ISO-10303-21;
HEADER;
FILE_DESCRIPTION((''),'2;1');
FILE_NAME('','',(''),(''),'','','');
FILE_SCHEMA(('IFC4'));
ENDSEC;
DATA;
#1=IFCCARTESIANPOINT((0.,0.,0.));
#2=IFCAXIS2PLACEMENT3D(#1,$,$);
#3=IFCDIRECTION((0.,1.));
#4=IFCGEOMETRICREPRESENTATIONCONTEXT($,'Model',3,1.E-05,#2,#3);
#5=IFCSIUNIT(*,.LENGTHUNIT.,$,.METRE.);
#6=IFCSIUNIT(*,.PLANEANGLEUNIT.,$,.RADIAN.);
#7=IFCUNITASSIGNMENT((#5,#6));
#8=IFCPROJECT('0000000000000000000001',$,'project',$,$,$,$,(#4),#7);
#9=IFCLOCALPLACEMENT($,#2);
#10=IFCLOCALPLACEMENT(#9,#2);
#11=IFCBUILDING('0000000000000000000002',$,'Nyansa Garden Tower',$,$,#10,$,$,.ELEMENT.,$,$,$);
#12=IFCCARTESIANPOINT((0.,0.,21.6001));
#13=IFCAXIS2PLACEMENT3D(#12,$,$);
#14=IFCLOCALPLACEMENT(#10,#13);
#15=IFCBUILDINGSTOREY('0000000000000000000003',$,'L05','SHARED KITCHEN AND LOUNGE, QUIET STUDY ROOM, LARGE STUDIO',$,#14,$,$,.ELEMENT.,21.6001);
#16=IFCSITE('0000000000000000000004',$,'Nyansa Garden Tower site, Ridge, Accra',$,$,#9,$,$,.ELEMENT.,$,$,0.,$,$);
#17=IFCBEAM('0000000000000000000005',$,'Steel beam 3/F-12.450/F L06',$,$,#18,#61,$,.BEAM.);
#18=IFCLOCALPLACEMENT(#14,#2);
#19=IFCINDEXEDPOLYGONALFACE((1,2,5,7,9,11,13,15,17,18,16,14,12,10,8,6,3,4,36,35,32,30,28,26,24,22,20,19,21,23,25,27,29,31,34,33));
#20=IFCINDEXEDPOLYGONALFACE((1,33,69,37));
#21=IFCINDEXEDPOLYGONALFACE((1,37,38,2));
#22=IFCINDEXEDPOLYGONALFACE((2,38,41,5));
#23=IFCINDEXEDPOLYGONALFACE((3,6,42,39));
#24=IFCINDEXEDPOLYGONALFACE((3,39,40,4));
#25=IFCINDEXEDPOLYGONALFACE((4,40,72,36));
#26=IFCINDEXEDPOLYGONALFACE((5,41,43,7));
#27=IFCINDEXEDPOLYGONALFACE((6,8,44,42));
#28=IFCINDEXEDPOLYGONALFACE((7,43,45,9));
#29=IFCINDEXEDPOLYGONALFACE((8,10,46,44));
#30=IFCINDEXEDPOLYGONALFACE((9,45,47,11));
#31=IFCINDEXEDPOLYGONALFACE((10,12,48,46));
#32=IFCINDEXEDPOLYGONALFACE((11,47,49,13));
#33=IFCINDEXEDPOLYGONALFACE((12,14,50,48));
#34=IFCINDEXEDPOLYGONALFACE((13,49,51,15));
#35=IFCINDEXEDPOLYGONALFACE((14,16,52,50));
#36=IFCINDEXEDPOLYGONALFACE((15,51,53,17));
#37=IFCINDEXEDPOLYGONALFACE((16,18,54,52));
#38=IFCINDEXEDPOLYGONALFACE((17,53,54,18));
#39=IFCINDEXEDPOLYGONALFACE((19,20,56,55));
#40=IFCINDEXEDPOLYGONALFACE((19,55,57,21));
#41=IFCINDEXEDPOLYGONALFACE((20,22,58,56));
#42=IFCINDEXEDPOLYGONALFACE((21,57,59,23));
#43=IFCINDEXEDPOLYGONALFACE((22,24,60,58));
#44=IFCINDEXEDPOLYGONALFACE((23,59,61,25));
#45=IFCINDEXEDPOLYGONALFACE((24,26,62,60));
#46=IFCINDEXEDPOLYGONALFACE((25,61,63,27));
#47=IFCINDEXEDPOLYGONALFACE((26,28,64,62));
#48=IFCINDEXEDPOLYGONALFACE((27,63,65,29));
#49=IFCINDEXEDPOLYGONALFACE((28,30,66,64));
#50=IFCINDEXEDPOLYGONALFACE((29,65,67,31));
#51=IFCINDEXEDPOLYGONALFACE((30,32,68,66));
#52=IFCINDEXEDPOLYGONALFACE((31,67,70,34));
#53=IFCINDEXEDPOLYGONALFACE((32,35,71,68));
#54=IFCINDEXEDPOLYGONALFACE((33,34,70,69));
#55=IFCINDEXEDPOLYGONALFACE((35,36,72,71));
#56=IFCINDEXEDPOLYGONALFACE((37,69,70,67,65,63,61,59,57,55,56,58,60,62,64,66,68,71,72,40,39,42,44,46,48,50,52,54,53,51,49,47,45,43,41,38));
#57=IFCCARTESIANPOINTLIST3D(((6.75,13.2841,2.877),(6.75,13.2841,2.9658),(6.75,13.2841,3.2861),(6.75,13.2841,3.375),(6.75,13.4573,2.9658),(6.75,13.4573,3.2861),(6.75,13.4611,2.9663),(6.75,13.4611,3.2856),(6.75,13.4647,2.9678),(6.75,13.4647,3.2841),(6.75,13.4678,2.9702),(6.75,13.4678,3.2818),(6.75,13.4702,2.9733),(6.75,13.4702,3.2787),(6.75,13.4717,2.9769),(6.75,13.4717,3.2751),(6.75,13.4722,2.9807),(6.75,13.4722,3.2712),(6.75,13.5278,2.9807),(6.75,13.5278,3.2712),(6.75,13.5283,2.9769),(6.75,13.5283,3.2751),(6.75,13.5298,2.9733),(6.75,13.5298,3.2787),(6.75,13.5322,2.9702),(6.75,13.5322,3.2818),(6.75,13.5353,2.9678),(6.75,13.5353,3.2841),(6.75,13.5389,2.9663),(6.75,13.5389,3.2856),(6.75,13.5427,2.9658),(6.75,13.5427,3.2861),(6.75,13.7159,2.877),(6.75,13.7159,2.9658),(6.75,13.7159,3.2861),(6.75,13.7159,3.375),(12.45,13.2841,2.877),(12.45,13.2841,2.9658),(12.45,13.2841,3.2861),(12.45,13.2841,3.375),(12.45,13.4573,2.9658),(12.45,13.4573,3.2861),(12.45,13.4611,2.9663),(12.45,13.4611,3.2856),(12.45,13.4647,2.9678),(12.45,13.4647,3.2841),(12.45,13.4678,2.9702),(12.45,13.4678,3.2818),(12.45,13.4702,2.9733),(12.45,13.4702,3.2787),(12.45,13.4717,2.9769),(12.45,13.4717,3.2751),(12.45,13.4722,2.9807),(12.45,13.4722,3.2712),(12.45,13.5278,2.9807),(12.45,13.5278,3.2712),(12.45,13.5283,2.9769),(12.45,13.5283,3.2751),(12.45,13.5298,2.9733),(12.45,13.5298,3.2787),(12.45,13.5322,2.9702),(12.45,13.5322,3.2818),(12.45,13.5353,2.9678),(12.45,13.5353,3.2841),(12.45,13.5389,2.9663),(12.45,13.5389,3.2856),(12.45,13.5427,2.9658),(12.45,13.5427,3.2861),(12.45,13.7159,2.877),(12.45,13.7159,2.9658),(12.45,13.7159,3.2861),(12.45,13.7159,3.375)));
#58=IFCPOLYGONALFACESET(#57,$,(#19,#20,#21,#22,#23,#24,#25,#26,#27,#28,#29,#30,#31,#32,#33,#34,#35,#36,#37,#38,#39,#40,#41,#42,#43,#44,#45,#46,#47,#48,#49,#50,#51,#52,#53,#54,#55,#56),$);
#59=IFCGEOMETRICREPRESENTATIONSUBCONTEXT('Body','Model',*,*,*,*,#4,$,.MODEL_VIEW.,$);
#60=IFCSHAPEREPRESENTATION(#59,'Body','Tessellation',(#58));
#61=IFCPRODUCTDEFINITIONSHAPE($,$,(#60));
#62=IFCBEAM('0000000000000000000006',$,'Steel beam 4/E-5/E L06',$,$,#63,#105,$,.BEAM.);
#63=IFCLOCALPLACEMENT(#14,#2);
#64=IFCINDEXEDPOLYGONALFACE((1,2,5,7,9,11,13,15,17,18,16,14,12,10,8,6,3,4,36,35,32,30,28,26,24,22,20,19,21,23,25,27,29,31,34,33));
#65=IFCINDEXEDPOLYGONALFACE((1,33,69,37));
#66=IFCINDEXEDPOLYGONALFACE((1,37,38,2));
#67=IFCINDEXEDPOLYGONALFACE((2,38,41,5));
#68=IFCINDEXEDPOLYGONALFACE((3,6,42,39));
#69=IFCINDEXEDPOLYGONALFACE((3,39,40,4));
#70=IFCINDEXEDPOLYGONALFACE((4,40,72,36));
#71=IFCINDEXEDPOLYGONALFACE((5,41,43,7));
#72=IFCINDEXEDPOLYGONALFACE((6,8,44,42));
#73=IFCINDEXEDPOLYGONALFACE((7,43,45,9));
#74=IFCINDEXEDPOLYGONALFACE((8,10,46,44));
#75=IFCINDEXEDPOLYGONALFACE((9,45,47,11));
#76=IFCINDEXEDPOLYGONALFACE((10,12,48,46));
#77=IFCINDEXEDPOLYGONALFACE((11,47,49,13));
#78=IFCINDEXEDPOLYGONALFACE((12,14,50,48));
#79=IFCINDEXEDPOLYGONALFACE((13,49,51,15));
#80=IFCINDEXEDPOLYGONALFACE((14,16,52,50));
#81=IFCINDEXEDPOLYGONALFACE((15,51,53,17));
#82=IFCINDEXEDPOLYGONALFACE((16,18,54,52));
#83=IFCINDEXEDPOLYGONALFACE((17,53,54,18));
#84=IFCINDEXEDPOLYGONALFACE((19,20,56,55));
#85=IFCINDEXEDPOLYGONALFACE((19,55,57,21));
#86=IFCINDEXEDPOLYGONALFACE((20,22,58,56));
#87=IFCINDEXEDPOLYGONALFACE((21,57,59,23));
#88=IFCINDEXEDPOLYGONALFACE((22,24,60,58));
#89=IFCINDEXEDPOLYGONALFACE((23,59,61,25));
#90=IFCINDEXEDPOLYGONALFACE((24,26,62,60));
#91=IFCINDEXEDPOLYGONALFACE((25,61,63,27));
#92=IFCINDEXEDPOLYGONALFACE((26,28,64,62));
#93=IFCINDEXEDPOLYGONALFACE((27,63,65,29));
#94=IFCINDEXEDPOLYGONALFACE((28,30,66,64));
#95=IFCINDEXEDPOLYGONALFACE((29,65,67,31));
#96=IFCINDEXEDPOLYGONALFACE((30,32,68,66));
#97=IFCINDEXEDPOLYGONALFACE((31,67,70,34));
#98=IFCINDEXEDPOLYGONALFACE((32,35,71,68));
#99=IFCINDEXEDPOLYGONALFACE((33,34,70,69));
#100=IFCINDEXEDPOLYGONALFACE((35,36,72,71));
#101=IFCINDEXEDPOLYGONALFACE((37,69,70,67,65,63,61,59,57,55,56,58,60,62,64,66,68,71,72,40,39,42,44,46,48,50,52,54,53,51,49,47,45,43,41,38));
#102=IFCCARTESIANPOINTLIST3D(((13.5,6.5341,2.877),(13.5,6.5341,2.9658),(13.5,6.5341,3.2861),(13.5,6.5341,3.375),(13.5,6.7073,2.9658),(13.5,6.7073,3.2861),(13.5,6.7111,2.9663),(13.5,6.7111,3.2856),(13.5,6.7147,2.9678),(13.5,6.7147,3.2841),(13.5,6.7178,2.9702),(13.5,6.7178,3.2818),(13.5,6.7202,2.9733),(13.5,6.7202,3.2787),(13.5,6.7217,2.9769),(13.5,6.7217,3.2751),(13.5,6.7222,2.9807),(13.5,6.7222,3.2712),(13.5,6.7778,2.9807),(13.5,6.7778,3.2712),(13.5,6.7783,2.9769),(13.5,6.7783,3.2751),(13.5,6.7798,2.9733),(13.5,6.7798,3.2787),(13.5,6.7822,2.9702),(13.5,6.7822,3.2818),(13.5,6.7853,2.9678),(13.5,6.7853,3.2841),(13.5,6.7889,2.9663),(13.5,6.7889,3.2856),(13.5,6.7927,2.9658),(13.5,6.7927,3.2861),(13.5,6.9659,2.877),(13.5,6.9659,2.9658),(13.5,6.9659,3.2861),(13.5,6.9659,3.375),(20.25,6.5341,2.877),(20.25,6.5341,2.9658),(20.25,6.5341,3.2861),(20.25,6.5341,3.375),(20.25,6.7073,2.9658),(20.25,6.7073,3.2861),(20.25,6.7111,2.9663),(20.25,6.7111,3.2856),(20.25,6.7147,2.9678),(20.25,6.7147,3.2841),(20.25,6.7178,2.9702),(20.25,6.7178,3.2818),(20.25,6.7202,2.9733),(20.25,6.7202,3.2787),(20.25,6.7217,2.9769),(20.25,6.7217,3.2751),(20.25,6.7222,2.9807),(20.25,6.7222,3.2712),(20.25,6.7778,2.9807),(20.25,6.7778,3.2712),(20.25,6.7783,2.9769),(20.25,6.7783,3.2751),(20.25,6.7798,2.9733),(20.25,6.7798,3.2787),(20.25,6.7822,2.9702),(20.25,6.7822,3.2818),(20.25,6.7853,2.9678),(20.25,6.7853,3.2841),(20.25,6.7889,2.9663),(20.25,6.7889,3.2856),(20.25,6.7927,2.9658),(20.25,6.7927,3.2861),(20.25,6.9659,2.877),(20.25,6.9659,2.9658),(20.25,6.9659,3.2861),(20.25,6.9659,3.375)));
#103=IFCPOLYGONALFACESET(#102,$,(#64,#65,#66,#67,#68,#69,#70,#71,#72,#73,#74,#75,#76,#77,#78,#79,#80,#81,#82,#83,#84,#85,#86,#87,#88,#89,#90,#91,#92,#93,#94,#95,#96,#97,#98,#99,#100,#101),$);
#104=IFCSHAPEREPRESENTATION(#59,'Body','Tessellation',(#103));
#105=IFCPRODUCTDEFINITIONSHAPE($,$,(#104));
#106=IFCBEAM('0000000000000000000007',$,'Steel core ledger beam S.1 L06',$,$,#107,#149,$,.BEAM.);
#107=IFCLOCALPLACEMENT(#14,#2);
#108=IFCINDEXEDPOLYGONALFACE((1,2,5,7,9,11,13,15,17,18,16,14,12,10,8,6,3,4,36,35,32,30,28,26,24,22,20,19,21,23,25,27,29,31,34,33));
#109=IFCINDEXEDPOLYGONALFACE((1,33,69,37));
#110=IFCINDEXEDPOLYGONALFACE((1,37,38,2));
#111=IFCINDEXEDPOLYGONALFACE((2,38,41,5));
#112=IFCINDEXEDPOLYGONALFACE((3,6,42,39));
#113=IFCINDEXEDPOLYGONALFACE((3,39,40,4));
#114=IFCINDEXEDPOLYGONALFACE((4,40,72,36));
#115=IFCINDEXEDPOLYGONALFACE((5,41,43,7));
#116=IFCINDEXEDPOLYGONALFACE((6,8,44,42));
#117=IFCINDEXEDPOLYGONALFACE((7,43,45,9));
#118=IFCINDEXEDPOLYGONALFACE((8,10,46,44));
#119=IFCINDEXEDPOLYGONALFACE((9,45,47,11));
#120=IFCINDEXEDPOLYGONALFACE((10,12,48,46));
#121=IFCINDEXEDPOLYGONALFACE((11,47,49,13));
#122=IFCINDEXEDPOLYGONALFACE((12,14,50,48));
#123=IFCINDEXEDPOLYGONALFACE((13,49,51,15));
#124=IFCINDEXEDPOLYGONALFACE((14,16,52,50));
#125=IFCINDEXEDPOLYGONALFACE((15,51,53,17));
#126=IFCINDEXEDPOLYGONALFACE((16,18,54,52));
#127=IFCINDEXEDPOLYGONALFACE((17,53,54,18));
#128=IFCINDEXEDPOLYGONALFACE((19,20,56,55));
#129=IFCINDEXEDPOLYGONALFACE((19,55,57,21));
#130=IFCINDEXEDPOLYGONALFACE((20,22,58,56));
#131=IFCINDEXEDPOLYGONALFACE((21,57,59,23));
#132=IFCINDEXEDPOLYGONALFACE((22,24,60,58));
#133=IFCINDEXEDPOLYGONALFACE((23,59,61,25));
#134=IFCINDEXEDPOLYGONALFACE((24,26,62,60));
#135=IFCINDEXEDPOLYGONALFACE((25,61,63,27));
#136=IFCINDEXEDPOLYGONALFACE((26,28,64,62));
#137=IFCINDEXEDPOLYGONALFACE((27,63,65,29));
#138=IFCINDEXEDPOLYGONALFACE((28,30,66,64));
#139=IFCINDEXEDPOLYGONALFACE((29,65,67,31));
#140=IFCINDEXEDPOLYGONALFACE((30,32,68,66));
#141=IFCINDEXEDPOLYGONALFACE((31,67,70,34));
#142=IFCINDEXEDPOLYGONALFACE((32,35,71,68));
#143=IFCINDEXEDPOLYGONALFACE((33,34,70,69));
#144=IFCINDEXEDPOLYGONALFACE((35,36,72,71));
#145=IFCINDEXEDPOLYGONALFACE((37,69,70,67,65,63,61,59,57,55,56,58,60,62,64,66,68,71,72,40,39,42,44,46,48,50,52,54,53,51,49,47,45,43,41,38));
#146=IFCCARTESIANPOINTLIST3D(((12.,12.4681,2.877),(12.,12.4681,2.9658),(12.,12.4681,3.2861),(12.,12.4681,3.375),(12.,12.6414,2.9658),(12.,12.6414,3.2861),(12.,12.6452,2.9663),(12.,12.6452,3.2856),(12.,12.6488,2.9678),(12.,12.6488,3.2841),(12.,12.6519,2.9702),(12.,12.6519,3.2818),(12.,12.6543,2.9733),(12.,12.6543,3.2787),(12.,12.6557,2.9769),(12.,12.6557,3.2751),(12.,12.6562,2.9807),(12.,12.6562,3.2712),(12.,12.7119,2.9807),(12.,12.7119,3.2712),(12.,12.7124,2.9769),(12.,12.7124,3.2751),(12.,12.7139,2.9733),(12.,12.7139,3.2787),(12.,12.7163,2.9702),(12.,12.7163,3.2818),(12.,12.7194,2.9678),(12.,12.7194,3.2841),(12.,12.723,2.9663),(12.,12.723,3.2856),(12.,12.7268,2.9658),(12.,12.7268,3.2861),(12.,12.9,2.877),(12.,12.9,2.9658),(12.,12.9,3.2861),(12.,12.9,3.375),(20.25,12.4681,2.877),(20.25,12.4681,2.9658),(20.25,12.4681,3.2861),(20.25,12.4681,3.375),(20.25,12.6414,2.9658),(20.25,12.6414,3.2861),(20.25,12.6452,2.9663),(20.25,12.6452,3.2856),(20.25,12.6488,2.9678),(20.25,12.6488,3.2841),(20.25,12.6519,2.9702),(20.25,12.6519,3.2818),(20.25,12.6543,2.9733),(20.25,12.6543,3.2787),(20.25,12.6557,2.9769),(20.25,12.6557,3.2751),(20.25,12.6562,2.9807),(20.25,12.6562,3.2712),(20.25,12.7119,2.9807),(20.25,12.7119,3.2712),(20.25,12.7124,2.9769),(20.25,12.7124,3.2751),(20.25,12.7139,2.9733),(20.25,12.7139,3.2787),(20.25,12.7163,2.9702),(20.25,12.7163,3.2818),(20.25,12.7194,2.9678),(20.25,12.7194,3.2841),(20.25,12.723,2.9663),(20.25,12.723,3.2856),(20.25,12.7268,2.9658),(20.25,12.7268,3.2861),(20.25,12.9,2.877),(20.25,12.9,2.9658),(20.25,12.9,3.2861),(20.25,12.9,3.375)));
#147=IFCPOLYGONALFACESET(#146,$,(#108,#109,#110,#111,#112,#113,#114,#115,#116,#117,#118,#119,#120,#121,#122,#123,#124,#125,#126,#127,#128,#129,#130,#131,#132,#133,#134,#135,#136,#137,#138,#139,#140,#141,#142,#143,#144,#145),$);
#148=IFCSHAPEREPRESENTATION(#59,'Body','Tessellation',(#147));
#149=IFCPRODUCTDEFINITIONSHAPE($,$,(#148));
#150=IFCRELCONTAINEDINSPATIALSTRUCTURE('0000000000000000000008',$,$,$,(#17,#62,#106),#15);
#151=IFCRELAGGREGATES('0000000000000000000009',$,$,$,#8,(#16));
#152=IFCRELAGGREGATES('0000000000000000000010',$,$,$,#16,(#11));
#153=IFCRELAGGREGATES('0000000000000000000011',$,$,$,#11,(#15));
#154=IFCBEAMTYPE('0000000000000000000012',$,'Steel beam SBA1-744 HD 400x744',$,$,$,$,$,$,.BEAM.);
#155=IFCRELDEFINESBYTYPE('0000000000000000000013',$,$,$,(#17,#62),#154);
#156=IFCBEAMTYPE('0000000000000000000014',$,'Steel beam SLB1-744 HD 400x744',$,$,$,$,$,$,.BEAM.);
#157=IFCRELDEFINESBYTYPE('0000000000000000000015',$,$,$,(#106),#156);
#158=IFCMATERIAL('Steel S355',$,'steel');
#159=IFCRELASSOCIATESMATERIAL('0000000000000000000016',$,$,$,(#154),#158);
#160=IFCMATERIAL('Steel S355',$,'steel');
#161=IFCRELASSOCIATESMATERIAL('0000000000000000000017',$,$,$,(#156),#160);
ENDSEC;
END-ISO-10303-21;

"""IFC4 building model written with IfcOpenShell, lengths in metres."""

from ifc_helpers import new_model, si_unit, direction, frame, origin, origin_2d, place, context, subcontext, project, spatial, i_section, extrude, material, material_profile, profile_set, type_object, element, save


model = new_model("IFC4")

# Units and contexts
model_context = context("Model", 3, precision=1e-05, world=origin(), true_north=direction((0.0, 1.0)))
body_context = subcontext(model_context, "Body", "Model", "MODEL_VIEW")
ifc_project = project(units=[si_unit("LENGTHUNIT", "METRE"), si_unit("PLANEANGLEUNIT", "RADIAN")], contexts=[model_context])

# Site, building, storey
site_placement = place(None, origin())
site = spatial("IfcSite", under=ifc_project, at=site_placement, Name="Nyansa Garden Tower site, Ridge, Accra", CompositionType="ELEMENT", RefElevation=0.0)
building_placement = place(site_placement, origin())
building = spatial("IfcBuilding", under=site, at=building_placement, Name="Nyansa Garden Tower", CompositionType="ELEMENT")
storey_placement = place(building_placement, frame((0.0, 0.0, 21.6001)))
storey = spatial("IfcBuildingStorey", under=building, at=storey_placement, Name="L05", Description="SHARED KITCHEN AND LOUNGE, QUIET STUDY ROOM, LARGE STUDIO", CompositionType="ELEMENT", Elevation=21.6001)

# Beams
ifc_material_1 = material(Name="Steel S355", Category="steel")
ifc_material_profile_1 = material_profile(ifc_material_1, i_section(OverallWidth=0.4319, OverallDepth=0.498, WebThickness=0.0557, FlangeThickness=0.0889, FilletRadius=0.0149, at=origin_2d()), Name="HD 400x744")
ifc_profile_set_1 = profile_set([ifc_material_profile_1], Name="Steel S355")
beam_type_1 = type_object("IfcBeamType", Name="Steel beam SBA1-744 HD 400x744", PredefinedType="BEAM", material=ifc_profile_set_1)
beam_1_placement = place(storey_placement, frame((6.75, 13.5, 3.126), z_axis=(1.0, 0.0, 0.0), x_axis=(0.0, 1.0, 0.0)))
element("IfcBeam", 1, at=beam_1_placement, inside=storey, type_object=beam_type_1, Name="Steel beam 3/F-12.450/F L06", PredefinedType="BEAM", context=body_context, shape_type="SweptSolid", body=[
    extrude(i_section(OverallWidth=0.4319, OverallDepth=0.498, WebThickness=0.0557, FlangeThickness=0.0889, FilletRadius=0.0149, at=origin_2d()), origin(), (0.0, 0.0, 1.0), 5.7),
])
beam_2_placement = place(storey_placement, frame((13.5, 6.75, 3.126), z_axis=(1.0, 0.0, 0.0), x_axis=(0.0, 1.0, 0.0)))
element("IfcBeam", 2, at=beam_2_placement, inside=storey, type_object=beam_type_1, Name="Steel beam 4/E-5/E L06", PredefinedType="BEAM", context=body_context, shape_type="SweptSolid", body=[
    extrude(i_section(OverallWidth=0.4319, OverallDepth=0.498, WebThickness=0.0557, FlangeThickness=0.0889, FilletRadius=0.0149, at=origin_2d()), origin(), (0.0, 0.0, 1.0), 6.75),
])
ifc_material_2 = material(Name="Steel S355", Category="steel")
ifc_material_profile_2 = material_profile(ifc_material_2, i_section(OverallWidth=0.4319, OverallDepth=0.498, WebThickness=0.0557, FlangeThickness=0.0889, FilletRadius=0.0149, at=origin_2d()), Name="HD 400x744")
ifc_profile_set_2 = profile_set([ifc_material_profile_2], Name="Steel S355")
beam_type_2 = type_object("IfcBeamType", Name="Steel beam SLB1-744 HD 400x744", PredefinedType="BEAM", material=ifc_profile_set_2)
beam_3_placement = place(storey_placement, frame((12.0, 12.6841, 3.126), z_axis=(1.0, 0.0, 0.0), x_axis=(0.0, 1.0, 0.0)))
element("IfcBeam", 3, at=beam_3_placement, inside=storey, type_object=beam_type_2, Name="Steel core ledger beam S.1 L06", PredefinedType="BEAM", context=body_context, shape_type="SweptSolid", body=[
    extrude(i_section(OverallWidth=0.4319, OverallDepth=0.498, WebThickness=0.0557, FlangeThickness=0.0889, FilletRadius=0.0149, at=origin_2d()), origin(), (0.0, 0.0, 1.0), 8.25),
])

save(model, "model.ifc")
